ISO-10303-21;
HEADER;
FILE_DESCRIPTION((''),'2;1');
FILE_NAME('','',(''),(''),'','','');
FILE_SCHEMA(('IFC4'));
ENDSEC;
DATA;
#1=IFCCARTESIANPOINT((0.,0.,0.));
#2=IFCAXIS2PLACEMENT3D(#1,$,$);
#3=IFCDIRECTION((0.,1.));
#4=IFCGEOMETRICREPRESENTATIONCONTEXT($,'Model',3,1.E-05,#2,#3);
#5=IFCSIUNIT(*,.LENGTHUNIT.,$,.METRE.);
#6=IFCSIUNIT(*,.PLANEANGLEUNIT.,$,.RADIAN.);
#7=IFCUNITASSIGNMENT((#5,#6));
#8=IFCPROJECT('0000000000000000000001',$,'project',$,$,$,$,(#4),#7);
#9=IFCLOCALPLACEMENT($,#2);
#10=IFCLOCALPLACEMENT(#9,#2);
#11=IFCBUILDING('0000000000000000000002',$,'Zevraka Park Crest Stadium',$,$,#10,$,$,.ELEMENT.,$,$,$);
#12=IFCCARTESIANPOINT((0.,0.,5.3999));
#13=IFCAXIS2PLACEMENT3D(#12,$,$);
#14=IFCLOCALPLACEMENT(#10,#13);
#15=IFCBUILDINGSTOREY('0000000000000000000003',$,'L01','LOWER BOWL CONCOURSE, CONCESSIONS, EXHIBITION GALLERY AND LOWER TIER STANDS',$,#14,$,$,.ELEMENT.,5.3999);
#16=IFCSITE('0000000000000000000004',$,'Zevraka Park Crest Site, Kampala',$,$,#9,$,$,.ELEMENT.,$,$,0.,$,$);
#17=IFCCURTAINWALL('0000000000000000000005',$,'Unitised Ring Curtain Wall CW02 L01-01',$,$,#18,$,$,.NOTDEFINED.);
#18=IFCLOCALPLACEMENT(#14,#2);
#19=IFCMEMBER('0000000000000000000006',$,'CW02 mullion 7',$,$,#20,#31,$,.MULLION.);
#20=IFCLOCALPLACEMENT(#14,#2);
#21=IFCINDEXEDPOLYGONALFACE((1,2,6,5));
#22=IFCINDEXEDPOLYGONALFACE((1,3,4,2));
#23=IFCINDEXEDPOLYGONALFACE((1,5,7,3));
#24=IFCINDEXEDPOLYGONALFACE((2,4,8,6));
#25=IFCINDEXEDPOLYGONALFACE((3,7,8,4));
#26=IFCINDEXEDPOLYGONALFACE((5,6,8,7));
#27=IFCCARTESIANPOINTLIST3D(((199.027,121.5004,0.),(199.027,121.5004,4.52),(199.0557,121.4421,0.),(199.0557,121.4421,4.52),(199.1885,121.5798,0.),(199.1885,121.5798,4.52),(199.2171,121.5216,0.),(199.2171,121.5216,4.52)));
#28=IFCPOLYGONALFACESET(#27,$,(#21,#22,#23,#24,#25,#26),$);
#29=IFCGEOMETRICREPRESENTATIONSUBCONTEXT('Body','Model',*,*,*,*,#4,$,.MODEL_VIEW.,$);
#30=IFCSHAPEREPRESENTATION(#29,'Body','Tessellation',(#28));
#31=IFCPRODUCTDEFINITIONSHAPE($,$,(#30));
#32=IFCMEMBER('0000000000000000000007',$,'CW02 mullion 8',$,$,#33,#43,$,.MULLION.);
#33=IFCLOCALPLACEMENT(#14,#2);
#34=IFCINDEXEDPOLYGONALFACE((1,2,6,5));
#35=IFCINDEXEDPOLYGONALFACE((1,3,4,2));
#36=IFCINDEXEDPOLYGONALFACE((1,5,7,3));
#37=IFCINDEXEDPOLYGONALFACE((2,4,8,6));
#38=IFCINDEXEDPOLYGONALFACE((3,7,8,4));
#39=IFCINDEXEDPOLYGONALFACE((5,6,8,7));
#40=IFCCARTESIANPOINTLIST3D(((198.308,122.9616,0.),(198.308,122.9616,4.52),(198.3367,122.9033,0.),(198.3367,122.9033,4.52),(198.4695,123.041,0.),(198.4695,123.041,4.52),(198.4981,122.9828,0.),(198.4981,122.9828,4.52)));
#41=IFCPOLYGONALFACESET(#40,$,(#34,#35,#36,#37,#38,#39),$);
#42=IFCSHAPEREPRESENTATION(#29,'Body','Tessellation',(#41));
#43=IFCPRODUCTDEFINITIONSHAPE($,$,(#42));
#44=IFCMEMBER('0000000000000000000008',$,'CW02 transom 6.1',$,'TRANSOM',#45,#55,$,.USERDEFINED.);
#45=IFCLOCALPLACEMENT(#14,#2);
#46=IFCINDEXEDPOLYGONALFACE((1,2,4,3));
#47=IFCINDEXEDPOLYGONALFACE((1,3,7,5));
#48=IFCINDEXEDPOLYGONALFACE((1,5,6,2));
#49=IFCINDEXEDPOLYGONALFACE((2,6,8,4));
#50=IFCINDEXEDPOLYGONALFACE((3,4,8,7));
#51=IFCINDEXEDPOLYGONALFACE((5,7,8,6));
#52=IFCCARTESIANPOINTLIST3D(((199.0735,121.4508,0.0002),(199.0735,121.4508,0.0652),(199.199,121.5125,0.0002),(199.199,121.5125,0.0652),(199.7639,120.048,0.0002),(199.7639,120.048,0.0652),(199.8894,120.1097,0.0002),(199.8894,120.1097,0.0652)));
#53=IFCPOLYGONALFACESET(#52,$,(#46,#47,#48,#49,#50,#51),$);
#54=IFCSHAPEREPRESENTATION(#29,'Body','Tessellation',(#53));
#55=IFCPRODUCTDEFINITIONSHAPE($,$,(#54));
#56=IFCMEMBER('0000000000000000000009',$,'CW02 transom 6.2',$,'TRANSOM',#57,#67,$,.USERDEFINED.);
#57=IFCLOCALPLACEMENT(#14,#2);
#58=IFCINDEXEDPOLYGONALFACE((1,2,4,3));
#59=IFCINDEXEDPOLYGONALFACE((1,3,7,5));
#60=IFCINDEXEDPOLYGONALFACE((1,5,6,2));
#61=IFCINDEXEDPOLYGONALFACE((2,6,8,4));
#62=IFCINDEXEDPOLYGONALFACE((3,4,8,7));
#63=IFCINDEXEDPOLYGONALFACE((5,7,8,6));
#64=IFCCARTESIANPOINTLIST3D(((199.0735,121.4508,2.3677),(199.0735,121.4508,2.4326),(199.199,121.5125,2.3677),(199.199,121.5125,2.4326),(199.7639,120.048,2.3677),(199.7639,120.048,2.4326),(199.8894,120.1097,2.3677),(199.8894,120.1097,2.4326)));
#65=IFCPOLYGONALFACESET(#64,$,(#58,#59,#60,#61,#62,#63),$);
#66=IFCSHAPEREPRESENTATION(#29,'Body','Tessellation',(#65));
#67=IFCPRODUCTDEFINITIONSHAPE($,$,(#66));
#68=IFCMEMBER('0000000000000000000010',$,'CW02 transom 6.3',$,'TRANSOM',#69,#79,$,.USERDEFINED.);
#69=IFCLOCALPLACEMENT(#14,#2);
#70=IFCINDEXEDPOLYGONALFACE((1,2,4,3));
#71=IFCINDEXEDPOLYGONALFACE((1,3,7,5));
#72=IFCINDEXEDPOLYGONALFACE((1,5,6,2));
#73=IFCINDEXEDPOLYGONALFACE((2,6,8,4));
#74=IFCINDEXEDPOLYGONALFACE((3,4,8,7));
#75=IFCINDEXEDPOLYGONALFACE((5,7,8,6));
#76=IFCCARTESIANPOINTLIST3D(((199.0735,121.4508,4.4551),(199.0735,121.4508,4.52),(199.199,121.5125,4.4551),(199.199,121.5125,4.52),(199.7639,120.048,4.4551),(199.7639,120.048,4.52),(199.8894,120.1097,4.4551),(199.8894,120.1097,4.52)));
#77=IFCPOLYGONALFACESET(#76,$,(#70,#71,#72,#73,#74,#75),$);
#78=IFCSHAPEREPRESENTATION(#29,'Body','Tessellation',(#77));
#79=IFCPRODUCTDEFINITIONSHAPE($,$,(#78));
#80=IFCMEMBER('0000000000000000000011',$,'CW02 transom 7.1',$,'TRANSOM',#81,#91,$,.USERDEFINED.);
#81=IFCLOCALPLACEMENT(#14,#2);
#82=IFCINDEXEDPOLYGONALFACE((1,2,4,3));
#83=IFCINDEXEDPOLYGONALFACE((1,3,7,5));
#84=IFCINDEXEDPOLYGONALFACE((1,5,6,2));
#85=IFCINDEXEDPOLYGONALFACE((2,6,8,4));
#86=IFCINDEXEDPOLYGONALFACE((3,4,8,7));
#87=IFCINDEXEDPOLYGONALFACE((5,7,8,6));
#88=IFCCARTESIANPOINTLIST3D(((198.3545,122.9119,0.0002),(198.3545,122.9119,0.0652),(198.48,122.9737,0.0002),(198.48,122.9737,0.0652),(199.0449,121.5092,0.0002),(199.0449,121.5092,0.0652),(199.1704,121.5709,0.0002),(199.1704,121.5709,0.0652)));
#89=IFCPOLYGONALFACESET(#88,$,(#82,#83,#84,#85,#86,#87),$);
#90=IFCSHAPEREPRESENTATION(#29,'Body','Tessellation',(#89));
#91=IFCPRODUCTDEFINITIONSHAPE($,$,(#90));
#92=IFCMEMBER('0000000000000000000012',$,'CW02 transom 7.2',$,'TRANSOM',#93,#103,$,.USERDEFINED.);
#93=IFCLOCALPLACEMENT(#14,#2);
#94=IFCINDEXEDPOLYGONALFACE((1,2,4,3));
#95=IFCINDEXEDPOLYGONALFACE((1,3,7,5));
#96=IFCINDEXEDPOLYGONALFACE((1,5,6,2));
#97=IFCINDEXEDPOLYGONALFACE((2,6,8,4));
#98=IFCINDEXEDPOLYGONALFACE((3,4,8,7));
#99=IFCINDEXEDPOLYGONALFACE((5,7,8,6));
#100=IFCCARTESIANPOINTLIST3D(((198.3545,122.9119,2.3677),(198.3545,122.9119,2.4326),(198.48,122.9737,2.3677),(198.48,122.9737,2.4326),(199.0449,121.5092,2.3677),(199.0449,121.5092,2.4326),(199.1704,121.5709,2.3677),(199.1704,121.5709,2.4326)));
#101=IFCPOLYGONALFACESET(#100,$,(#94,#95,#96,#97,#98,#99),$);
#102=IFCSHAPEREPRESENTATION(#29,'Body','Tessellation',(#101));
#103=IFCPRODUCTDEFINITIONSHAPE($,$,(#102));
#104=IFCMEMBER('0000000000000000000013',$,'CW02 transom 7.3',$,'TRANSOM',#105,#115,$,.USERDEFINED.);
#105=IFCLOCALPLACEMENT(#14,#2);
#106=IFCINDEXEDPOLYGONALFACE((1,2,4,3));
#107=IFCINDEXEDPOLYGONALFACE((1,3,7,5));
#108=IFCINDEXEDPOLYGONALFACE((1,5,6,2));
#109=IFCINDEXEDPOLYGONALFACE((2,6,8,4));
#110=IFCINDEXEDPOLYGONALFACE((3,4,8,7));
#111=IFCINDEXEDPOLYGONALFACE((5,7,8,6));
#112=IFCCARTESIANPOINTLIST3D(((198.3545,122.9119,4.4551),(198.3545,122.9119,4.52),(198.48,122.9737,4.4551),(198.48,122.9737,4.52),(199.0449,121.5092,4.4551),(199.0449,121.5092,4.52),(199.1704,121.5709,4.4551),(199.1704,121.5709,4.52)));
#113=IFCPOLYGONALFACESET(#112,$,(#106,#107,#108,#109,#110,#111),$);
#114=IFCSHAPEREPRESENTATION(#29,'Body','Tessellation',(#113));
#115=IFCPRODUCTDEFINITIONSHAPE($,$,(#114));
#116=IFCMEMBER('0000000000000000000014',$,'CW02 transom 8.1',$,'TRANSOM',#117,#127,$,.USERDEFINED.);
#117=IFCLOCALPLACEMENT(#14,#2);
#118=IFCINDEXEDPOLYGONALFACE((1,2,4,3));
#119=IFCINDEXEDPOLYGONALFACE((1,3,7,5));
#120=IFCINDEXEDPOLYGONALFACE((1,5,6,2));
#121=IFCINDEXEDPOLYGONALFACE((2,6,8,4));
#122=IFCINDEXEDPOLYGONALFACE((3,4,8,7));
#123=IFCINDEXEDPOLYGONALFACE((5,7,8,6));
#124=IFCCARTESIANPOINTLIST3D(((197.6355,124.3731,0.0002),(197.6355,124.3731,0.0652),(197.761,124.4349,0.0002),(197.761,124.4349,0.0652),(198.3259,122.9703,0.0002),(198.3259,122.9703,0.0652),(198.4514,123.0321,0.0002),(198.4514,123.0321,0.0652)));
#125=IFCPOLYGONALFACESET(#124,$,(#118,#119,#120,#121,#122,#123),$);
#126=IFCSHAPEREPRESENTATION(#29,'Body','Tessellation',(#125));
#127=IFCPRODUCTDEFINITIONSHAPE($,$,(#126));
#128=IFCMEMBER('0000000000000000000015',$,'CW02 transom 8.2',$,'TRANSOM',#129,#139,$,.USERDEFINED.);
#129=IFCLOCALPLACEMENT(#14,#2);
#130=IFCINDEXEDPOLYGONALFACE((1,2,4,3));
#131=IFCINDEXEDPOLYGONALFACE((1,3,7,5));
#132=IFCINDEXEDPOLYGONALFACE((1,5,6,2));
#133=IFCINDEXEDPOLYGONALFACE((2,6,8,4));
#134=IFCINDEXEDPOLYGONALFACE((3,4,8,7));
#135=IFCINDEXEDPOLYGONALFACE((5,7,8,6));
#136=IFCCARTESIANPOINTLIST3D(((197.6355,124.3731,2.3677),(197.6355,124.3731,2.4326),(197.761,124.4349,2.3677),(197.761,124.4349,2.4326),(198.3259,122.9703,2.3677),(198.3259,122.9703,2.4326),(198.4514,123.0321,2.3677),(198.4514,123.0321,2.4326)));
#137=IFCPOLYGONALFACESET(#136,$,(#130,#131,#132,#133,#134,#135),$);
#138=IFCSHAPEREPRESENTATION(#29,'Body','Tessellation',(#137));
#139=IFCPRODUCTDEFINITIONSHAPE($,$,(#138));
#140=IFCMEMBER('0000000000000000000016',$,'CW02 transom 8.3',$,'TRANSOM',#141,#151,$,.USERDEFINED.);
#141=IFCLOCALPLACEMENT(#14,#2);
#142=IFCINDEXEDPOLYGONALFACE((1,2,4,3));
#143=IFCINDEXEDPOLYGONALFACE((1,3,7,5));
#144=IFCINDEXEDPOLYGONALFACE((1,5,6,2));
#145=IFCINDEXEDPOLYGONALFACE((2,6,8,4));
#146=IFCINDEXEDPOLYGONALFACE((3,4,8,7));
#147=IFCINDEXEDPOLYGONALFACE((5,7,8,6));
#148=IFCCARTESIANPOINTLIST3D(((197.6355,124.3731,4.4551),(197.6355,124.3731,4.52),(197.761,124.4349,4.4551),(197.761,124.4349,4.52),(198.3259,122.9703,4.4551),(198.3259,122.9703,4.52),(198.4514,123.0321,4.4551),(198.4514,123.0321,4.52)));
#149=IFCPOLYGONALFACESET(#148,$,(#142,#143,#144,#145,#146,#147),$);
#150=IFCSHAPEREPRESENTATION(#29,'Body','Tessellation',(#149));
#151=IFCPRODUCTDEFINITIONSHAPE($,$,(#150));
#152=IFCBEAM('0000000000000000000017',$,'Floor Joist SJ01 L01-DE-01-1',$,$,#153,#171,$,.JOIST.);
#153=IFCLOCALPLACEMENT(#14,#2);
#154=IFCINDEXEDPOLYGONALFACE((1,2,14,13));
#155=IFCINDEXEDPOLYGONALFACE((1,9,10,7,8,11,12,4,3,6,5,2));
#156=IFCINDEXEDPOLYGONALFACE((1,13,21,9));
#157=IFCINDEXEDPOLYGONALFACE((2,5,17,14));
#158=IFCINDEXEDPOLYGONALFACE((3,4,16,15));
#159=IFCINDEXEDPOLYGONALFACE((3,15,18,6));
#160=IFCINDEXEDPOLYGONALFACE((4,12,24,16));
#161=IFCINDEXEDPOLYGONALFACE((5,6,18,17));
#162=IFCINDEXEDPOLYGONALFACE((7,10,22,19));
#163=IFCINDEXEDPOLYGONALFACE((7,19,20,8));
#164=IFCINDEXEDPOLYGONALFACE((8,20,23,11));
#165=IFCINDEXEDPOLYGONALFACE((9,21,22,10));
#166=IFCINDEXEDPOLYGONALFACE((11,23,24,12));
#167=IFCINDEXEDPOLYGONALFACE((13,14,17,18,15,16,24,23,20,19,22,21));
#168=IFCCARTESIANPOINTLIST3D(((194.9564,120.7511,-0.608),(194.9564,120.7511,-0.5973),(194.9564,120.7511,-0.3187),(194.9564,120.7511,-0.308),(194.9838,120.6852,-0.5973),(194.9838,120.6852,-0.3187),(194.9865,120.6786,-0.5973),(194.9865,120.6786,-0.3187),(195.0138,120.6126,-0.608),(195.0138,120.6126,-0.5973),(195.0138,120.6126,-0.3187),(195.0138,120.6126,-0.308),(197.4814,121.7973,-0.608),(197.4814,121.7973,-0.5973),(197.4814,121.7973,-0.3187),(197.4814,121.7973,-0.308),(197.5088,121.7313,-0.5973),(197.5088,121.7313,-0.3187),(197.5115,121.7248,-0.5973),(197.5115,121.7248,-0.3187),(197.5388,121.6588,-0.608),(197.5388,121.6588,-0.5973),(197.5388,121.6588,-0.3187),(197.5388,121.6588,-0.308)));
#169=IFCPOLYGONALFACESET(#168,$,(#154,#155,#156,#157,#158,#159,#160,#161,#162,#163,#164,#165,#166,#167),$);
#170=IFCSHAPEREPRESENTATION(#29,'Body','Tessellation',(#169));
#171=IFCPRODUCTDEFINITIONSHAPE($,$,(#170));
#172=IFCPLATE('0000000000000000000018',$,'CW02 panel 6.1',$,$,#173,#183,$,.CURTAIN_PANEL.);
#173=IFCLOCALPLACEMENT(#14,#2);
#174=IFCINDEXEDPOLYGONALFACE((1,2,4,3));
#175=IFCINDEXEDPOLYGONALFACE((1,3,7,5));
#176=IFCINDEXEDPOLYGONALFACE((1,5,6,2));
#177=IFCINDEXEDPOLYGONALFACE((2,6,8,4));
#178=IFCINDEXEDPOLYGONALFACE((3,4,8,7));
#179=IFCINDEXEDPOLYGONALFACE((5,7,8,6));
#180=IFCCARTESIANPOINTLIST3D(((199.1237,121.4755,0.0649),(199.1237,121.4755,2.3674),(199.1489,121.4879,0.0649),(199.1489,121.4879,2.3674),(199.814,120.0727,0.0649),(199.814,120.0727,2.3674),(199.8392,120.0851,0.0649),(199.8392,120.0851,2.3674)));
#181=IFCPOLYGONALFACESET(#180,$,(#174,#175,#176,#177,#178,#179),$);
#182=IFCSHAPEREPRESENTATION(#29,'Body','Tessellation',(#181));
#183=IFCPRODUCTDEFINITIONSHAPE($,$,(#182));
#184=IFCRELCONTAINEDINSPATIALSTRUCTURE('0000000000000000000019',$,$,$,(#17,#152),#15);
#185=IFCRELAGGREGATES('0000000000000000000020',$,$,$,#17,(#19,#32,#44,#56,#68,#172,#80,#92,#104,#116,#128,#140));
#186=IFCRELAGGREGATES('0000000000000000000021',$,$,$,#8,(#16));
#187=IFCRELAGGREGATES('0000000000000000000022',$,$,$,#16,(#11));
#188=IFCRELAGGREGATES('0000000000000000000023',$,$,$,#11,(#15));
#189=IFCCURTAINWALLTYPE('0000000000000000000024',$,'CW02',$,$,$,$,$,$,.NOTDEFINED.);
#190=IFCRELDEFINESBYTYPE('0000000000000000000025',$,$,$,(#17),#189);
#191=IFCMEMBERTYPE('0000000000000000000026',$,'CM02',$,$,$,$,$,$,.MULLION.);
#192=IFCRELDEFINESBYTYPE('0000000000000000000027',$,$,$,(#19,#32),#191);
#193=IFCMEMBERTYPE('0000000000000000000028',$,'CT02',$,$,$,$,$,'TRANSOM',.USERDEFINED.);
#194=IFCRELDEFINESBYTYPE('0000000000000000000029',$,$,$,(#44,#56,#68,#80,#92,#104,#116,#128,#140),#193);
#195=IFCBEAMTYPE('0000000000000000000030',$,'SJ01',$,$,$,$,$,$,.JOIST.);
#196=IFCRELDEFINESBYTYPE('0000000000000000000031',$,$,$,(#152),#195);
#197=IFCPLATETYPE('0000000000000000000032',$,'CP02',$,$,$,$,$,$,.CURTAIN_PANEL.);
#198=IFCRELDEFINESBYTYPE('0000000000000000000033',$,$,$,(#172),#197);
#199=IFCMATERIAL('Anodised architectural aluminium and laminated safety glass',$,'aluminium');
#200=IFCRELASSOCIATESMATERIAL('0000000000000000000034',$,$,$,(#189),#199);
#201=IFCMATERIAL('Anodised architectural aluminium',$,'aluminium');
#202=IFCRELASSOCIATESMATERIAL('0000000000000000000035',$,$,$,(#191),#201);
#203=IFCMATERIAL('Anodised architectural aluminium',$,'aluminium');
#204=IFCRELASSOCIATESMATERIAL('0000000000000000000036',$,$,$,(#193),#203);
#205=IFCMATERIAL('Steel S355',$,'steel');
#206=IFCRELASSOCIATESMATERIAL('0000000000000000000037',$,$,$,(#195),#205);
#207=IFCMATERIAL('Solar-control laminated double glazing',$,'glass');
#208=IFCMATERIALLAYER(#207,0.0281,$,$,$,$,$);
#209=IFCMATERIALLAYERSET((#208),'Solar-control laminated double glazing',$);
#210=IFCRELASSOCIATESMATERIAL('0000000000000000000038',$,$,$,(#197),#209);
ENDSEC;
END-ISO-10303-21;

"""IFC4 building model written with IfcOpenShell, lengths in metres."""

from ifc_helpers import new_model, si_unit, direction, frame, origin, origin_2d, place, context, subcontext, project, spatial, rectangle, i_section, extrude, material, layer, layer_set, material_profile, profile_set, type_object, element, aggregate, save


model = new_model("IFC4")

# Units and contexts
model_context = context("Model", 3, precision=1e-05, world=origin(), true_north=direction((0.0, 1.0)))
body_context = subcontext(model_context, "Body", "Model", "MODEL_VIEW")
ifc_project = project(units=[si_unit("LENGTHUNIT", "METRE"), si_unit("PLANEANGLEUNIT", "RADIAN")], contexts=[model_context])

# Site, building, storey
site_placement = place(None, origin())
site = spatial("IfcSite", under=ifc_project, at=site_placement, Name="Zevraka Park Crest Site, Kampala", CompositionType="ELEMENT", RefElevation=0.0)
building_placement = place(site_placement, origin())
building = spatial("IfcBuilding", under=site, at=building_placement, Name="Zevraka Park Crest Stadium", CompositionType="ELEMENT")
storey_placement = place(building_placement, frame((0.0, 0.0, 5.3999)))
storey = spatial("IfcBuildingStorey", under=building, at=storey_placement, Name="L01", Description="LOWER BOWL CONCOURSE, CONCESSIONS, EXHIBITION GALLERY AND LOWER TIER STANDS", CompositionType="ELEMENT", Elevation=5.3999)

# Curtain wall, members
ifc_material_1 = material(Name="Anodised architectural aluminium and laminated safety glass", Category="aluminium")
curtain_wall_type = type_object("IfcCurtainWallType", Name="CW02", PredefinedType="NOTDEFINED", material=ifc_material_1)
curtain_wall_placement = place(storey_placement, origin())
curtain_wall = element("IfcCurtainWall", 1, at=curtain_wall_placement, inside=storey, type_object=curtain_wall_type, Name="Unitised Ring Curtain Wall CW02 L01-01", PredefinedType="NOTDEFINED")
ifc_material_2 = material(Name="Anodised architectural aluminium", Category="aluminium")
ifc_material_profile_1 = material_profile(ifc_material_2, rectangle(XDim=0.1799, YDim=0.0649, at=origin_2d()), Name="ALU MULLION 180x65")
ifc_profile_set_1 = profile_set([ifc_material_profile_1], Name="Anodised architectural aluminium")
member_type_1 = type_object("IfcMemberType", Name="CM02", PredefinedType="MULLION", material=ifc_profile_set_1)
member_1_placement = place(storey_placement, frame((199.1221, 121.511, 0.0), z_axis=(0.0, 0.0, 1.0), x_axis=(-0.897253, -0.441517, 0.0)))
member_1 = element("IfcMember", 2, at=member_1_placement, type_object=member_type_1, Name="CW02 mullion 7", PredefinedType="MULLION", context=body_context, shape_type="SweptSolid", body=[
    extrude(rectangle(XDim=0.1799, YDim=0.0649, at=origin_2d()), origin(), (0.0, 0.0, 1.0), 4.52),
])
member_2_placement = place(storey_placement, frame((198.4031, 122.9722, 0.0), z_axis=(0.0, 0.0, 1.0), x_axis=(-0.897253, -0.441517, 0.0)))
member_2 = element("IfcMember", 3, at=member_2_placement, type_object=member_type_1, Name="CW02 mullion 8", PredefinedType="MULLION", context=body_context, shape_type="SweptSolid", body=[
    extrude(rectangle(XDim=0.1799, YDim=0.0649, at=origin_2d()), origin(), (0.0, 0.0, 1.0), 4.52),
])
ifc_material_3 = material(Name="Anodised architectural aluminium", Category="aluminium")
ifc_material_profile_2 = material_profile(ifc_material_3, rectangle(XDim=0.1399, YDim=0.0649, at=origin_2d()), Name="ALU TRANSOM 140x65")
ifc_profile_set_2 = profile_set([ifc_material_profile_2], Name="Anodised architectural aluminium")
member_type_2 = type_object("IfcMemberType", Name="CT02", ElementType="TRANSOM", PredefinedType="USERDEFINED", material=ifc_profile_set_2)
member_3_placement = place(storey_placement, frame((199.8267, 120.0789, 0.0327), z_axis=(-0.441583, 0.89722, 0.0), x_axis=(-0.89722, -0.441583, 0.0)))
member_3 = element("IfcMember", 4, at=member_3_placement, type_object=member_type_2, Name="CW02 transom 6.1", ObjectType="TRANSOM", PredefinedType="USERDEFINED", context=body_context, shape_type="SweptSolid", body=[
    extrude(rectangle(XDim=0.1399, YDim=0.0649, at=origin_2d()), origin(), (0.0, 0.0, 1.0), 1.5635),
])
member_4_placement = place(storey_placement, frame((199.8267, 120.0789, 2.4001), z_axis=(-0.441583, 0.89722, 0.0), x_axis=(-0.89722, -0.441583, 0.0)))
member_4 = element("IfcMember", 5, at=member_4_placement, type_object=member_type_2, Name="CW02 transom 6.2", ObjectType="TRANSOM", PredefinedType="USERDEFINED", context=body_context, shape_type="SweptSolid", body=[
    extrude(rectangle(XDim=0.1399, YDim=0.0649, at=origin_2d()), origin(), (0.0, 0.0, 1.0), 1.5635),
])
member_5_placement = place(storey_placement, frame((199.8267, 120.0789, 4.4875), z_axis=(-0.441583, 0.89722, 0.0), x_axis=(-0.89722, -0.441583, 0.0)))
member_5 = element("IfcMember", 6, at=member_5_placement, type_object=member_type_2, Name="CW02 transom 6.3", ObjectType="TRANSOM", PredefinedType="USERDEFINED", context=body_context, shape_type="SweptSolid", body=[
    extrude(rectangle(XDim=0.1399, YDim=0.0649, at=origin_2d()), origin(), (0.0, 0.0, 1.0), 1.5635),
])
member_6_placement = place(storey_placement, frame((199.1077, 121.54, 0.0327), z_axis=(-0.441583, 0.89722, 0.0), x_axis=(-0.89722, -0.441583, 0.0)))
member_6 = element("IfcMember", 7, at=member_6_placement, type_object=member_type_2, Name="CW02 transom 7.1", ObjectType="TRANSOM", PredefinedType="USERDEFINED", context=body_context, shape_type="SweptSolid", body=[
    extrude(rectangle(XDim=0.1399, YDim=0.0649, at=origin_2d()), origin(), (0.0, 0.0, 1.0), 1.5635),
])
member_7_placement = place(storey_placement, frame((199.1077, 121.54, 2.4001), z_axis=(-0.441583, 0.89722, 0.0), x_axis=(-0.89722, -0.441583, 0.0)))
member_7 = element("IfcMember", 8, at=member_7_placement, type_object=member_type_2, Name="CW02 transom 7.2", ObjectType="TRANSOM", PredefinedType="USERDEFINED", context=body_context, shape_type="SweptSolid", body=[
    extrude(rectangle(XDim=0.1399, YDim=0.0649, at=origin_2d()), origin(), (0.0, 0.0, 1.0), 1.5635),
])
member_8_placement = place(storey_placement, frame((199.1077, 121.54, 4.4875), z_axis=(-0.441583, 0.89722, 0.0), x_axis=(-0.89722, -0.441583, 0.0)))
member_8 = element("IfcMember", 9, at=member_8_placement, type_object=member_type_2, Name="CW02 transom 7.3", ObjectType="TRANSOM", PredefinedType="USERDEFINED", context=body_context, shape_type="SweptSolid", body=[
    extrude(rectangle(XDim=0.1399, YDim=0.0649, at=origin_2d()), origin(), (0.0, 0.0, 1.0), 1.5635),
])
member_9_placement = place(storey_placement, frame((198.3887, 123.0012, 0.0327), z_axis=(-0.441583, 0.89722, 0.0), x_axis=(-0.89722, -0.441583, 0.0)))
member_9 = element("IfcMember", 10, at=member_9_placement, type_object=member_type_2, Name="CW02 transom 8.1", ObjectType="TRANSOM", PredefinedType="USERDEFINED", context=body_context, shape_type="SweptSolid", body=[
    extrude(rectangle(XDim=0.1399, YDim=0.0649, at=origin_2d()), origin(), (0.0, 0.0, 1.0), 1.5635),
])
member_10_placement = place(storey_placement, frame((198.3887, 123.0012, 2.4001), z_axis=(-0.441583, 0.89722, 0.0), x_axis=(-0.89722, -0.441583, 0.0)))
member_10 = element("IfcMember", 11, at=member_10_placement, type_object=member_type_2, Name="CW02 transom 8.2", ObjectType="TRANSOM", PredefinedType="USERDEFINED", context=body_context, shape_type="SweptSolid", body=[
    extrude(rectangle(XDim=0.1399, YDim=0.0649, at=origin_2d()), origin(), (0.0, 0.0, 1.0), 1.5635),
])
member_11_placement = place(storey_placement, frame((198.3887, 123.0012, 4.4875), z_axis=(-0.441583, 0.89722, 0.0), x_axis=(-0.89722, -0.441583, 0.0)))
member_11 = element("IfcMember", 12, at=member_11_placement, type_object=member_type_2, Name="CW02 transom 8.3", ObjectType="TRANSOM", PredefinedType="USERDEFINED", context=body_context, shape_type="SweptSolid", body=[
    extrude(rectangle(XDim=0.1399, YDim=0.0649, at=origin_2d()), origin(), (0.0, 0.0, 1.0), 1.5635),
])

# Beam
ifc_material_4 = material(Name="Steel S355", Category="steel")
ifc_material_profile_3 = material_profile(ifc_material_4, i_section(OverallWidth=0.1499, OverallDepth=0.3, WebThickness=0.0071, FlangeThickness=0.0107, at=origin_2d()), Name="IPE 300")
ifc_profile_set_3 = profile_set([ifc_material_profile_3], Name="Steel S355")
beam_type = type_object("IfcBeamType", Name="SJ01", PredefinedType="JOIST", material=ifc_profile_set_3)
beam_placement = place(storey_placement, frame((194.9851, 120.6819, -0.458), z_axis=(0.923842, 0.382775, 0.0), x_axis=(-0.382775, 0.923842, 0.0)))
element("IfcBeam", 13, at=beam_placement, inside=storey, type_object=beam_type, Name="Floor Joist SJ01 L01-DE-01-1", PredefinedType="JOIST", context=body_context, shape_type="SweptSolid", body=[
    extrude(i_section(OverallWidth=0.1499, OverallDepth=0.3, WebThickness=0.0071, FlangeThickness=0.0107, at=origin_2d()), origin(), (0.0, 0.0, 1.0), 2.7332),
])

# Plate
ifc_material_5 = material(Name="Solar-control laminated double glazing", Category="glass")
ifc_layer_1 = layer(ifc_material_5, 0.0281)
ifc_layer_set_1 = layer_set([ifc_layer_1], Name="Solar-control laminated double glazing")
plate_type = type_object("IfcPlateType", Name="CP02", PredefinedType="CURTAIN_PANEL", material=ifc_layer_set_1)
plate_1_placement = place(storey_placement, frame((199.4814, 120.7803, 0.0649), z_axis=(0.0, 0.0, 1.0), x_axis=(-0.441517, 0.897253, 0.0)))
plate_1 = element("IfcPlate", 14, at=plate_1_placement, type_object=plate_type, Name="CW02 panel 6.1", PredefinedType="CURTAIN_PANEL", context=body_context, shape_type="SweptSolid", body=[
    extrude(rectangle(XDim=1.5635, YDim=0.0281, at=origin_2d()), origin(), (0.0, 0.0, 1.0), 2.3025),
])
aggregate(curtain_wall, [member_1, member_2, member_3, member_4, member_5, plate_1, member_6, member_7, member_8, member_9, member_10, member_11])

save(model, "model.ifc")
